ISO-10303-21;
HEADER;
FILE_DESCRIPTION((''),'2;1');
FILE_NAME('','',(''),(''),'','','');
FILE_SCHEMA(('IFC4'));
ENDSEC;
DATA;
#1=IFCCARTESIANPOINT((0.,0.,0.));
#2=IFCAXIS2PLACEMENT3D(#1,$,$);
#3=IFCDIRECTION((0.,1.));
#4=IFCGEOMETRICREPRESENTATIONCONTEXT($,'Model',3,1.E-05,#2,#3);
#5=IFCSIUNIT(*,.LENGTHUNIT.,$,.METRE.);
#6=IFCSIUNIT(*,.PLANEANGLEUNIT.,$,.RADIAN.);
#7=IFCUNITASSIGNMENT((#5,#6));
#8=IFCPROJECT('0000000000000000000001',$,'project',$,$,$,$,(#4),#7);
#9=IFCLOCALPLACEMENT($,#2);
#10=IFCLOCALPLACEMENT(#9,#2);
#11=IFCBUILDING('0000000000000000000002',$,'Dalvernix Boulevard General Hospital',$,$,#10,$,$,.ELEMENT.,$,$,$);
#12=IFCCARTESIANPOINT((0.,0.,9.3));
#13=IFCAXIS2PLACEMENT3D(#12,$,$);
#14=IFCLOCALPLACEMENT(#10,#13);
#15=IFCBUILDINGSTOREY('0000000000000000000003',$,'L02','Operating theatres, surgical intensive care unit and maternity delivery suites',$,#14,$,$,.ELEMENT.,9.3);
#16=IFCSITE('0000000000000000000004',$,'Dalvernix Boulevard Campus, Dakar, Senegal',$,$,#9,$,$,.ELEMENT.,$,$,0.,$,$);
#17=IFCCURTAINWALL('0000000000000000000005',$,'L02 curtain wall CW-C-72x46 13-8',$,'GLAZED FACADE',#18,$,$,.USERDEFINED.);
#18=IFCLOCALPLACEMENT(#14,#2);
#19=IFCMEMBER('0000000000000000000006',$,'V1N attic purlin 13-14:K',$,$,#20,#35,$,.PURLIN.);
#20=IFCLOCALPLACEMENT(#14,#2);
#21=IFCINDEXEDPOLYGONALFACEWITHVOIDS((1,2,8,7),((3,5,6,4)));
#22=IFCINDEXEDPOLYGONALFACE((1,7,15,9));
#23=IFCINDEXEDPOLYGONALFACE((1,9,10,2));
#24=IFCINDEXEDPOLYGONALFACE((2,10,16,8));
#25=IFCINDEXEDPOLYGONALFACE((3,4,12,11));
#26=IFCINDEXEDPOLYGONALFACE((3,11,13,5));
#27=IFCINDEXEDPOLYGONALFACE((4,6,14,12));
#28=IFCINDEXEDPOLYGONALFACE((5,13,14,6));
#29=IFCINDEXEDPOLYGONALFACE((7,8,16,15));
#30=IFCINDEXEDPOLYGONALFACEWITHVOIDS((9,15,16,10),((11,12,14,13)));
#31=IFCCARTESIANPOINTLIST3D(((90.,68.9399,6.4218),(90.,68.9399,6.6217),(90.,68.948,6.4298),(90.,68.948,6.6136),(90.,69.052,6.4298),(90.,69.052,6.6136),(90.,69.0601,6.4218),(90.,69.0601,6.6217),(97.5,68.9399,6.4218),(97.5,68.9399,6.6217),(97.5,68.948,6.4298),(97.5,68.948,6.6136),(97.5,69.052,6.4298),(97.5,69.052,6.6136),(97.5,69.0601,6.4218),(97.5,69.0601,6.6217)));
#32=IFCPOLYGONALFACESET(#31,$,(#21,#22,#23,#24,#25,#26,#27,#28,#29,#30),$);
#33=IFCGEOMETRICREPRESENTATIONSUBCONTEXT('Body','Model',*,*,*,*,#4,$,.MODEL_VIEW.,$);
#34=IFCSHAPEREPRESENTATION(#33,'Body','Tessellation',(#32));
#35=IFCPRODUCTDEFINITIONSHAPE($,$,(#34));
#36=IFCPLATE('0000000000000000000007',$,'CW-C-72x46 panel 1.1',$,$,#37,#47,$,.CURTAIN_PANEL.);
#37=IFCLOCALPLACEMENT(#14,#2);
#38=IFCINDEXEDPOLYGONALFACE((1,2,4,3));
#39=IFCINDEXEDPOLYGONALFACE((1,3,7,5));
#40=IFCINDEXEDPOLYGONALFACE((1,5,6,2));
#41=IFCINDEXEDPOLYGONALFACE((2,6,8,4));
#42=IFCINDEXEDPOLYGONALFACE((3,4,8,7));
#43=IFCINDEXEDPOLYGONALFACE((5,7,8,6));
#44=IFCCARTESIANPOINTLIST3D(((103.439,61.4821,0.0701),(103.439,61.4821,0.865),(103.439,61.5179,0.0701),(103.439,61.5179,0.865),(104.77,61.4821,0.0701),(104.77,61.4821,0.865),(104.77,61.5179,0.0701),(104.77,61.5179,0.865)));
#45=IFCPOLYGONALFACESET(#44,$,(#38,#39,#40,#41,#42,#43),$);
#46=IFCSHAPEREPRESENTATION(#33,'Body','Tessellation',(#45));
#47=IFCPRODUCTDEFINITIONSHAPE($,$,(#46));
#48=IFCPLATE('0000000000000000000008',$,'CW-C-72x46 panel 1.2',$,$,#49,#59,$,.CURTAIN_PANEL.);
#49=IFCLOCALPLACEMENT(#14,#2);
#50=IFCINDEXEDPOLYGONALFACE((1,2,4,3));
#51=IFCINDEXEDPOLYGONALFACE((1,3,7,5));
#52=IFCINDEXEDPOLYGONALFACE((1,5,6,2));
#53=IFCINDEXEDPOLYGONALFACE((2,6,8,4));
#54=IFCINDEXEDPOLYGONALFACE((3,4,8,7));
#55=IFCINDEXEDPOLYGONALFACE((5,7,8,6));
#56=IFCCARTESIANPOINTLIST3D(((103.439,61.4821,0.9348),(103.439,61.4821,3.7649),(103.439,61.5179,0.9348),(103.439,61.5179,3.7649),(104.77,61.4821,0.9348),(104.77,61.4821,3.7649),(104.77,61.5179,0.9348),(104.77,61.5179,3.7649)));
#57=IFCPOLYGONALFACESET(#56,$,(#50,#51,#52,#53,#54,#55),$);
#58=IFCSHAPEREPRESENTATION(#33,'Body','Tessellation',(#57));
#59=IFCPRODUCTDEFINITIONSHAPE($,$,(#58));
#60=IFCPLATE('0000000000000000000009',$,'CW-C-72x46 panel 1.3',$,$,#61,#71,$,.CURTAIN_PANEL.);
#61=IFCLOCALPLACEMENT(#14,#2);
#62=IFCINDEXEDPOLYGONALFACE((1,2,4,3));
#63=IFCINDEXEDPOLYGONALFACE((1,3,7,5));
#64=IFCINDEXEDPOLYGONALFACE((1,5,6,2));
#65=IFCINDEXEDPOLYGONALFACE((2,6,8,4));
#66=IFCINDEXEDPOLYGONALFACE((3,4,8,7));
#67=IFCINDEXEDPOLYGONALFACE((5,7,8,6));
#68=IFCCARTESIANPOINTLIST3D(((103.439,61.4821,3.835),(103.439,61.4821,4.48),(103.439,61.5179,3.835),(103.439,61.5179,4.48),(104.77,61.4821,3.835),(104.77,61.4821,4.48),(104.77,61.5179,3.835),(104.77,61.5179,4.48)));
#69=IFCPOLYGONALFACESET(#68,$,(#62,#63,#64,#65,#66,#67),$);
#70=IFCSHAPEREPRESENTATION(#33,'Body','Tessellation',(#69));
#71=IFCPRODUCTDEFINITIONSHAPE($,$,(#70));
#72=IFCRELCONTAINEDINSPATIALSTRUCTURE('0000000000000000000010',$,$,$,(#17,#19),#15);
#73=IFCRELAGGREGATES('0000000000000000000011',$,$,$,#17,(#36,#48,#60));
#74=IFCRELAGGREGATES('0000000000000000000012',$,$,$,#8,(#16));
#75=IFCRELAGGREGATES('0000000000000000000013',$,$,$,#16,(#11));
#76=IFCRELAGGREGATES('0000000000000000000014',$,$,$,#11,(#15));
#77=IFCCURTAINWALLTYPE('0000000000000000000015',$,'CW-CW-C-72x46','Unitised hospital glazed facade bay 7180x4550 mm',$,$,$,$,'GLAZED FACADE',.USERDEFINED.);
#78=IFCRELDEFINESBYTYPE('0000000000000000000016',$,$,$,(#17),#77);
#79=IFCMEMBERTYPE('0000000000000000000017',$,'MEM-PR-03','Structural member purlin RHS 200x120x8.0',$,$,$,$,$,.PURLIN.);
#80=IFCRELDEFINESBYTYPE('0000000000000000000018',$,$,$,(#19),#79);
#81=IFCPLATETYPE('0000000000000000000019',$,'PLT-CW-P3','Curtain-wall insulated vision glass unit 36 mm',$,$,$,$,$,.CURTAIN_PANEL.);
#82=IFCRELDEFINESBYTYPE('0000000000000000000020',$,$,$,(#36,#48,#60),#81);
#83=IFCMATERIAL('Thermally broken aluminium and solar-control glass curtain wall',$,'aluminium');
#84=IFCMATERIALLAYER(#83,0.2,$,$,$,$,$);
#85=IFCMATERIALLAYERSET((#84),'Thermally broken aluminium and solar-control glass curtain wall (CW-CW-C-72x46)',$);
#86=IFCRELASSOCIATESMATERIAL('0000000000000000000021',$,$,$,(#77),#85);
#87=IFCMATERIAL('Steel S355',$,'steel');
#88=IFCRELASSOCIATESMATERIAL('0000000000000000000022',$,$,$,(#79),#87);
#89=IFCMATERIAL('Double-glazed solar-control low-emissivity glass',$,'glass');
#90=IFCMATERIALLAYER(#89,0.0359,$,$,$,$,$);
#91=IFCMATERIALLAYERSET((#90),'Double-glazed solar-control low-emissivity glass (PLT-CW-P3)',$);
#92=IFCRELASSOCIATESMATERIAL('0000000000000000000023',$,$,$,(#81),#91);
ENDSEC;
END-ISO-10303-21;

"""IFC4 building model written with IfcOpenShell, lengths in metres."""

from ifc_helpers import new_model, si_unit, direction, frame, origin, origin_2d, place, context, subcontext, project, spatial, rectangle, hollow_rectangle, extrude, material, layer, layer_set, material_profile, profile_set, type_object, element, aggregate, save


model = new_model("IFC4")

# Units and contexts
model_context = context("Model", 3, precision=1e-05, world=origin(), true_north=direction((0.0, 1.0)))
body_context = subcontext(model_context, "Body", "Model", "MODEL_VIEW")
ifc_project = project(units=[si_unit("LENGTHUNIT", "METRE"), si_unit("PLANEANGLEUNIT", "RADIAN")], contexts=[model_context])

# Site, building, storey
site_placement = place(None, origin())
site = spatial("IfcSite", under=ifc_project, at=site_placement, Name="Dalvernix Boulevard Campus, Dakar, Senegal", CompositionType="ELEMENT", RefElevation=0.0)
building_placement = place(site_placement, origin())
building = spatial("IfcBuilding", under=site, at=building_placement, Name="Dalvernix Boulevard General Hospital", CompositionType="ELEMENT")
storey_placement = place(building_placement, frame((0.0, 0.0, 9.3)))
storey = spatial("IfcBuildingStorey", under=building, at=storey_placement, Name="L02", Description="Operating theatres, surgical intensive care unit and maternity delivery suites", CompositionType="ELEMENT", Elevation=9.3)

# Shared definitions
ifc_material_1 = material(Name="Steel S355", Category="steel")

# Curtain wall
ifc_material_2 = material(Name="Thermally broken aluminium and solar-control glass curtain wall", Category="aluminium")
ifc_layer_1 = layer(ifc_material_2, 0.2)
ifc_layer_set_1 = layer_set([ifc_layer_1], Name="Thermally broken aluminium and solar-control glass curtain wall (CW-CW-C-72x46)")
curtain_wall_type = type_object("IfcCurtainWallType", Name="CW-CW-C-72x46", Description="Unitised hospital glazed facade bay 7180x4550 mm", ElementType="GLAZED FACADE", PredefinedType="USERDEFINED", material=ifc_layer_set_1)
curtain_wall_placement = place(storey_placement, origin())
curtain_wall = element("IfcCurtainWall", 1, at=curtain_wall_placement, inside=storey, type_object=curtain_wall_type, Name="L02 curtain wall CW-C-72x46 13-8", ObjectType="GLAZED FACADE", PredefinedType="USERDEFINED")

# Member
ifc_material_profile_1 = material_profile(ifc_material_1, hollow_rectangle(XDim=0.1201, YDim=0.2, WallThickness=0.0081, at=origin_2d()), Name="RHS 200x120x8.0")
ifc_profile_set_1 = profile_set([ifc_material_profile_1], Name="Steel S355")
member_type_1 = type_object("IfcMemberType", Name="MEM-PR-03", Description="Structural member purlin RHS 200x120x8.0", PredefinedType="PURLIN", material=ifc_profile_set_1)
member_1_placement = place(storey_placement, frame((90.0, 69.0, 6.5217), z_axis=(1.0, 0.0, 0.0), x_axis=(0.0, 1.0, 0.0)))
element("IfcMember", 2, at=member_1_placement, inside=storey, type_object=member_type_1, Name="V1N attic purlin 13-14:K", PredefinedType="PURLIN", context=body_context, shape_type="SweptSolid", body=[
    extrude(hollow_rectangle(XDim=0.1201, YDim=0.2, WallThickness=0.0081, at=origin_2d()), origin(), (0.0, 0.0, 1.0), 7.5),
])

# Plates
ifc_material_3 = material(Name="Double-glazed solar-control low-emissivity glass", Category="glass")
ifc_layer_2 = layer(ifc_material_3, 0.0359)
ifc_layer_set_2 = layer_set([ifc_layer_2], Name="Double-glazed solar-control low-emissivity glass (PLT-CW-P3)")
plate_type = type_object("IfcPlateType", Name="PLT-CW-P3", Description="Curtain-wall insulated vision glass unit 36 mm", PredefinedType="CURTAIN_PANEL", material=ifc_layer_set_2)
plate_1_placement = place(storey_placement, frame((104.1045, 61.5, 0.0701), z_axis=(0.0, 0.0, 1.0), x_axis=(-1.0, 0.0, 0.0)))
plate_1 = element("IfcPlate", 3, at=plate_1_placement, type_object=plate_type, Name="CW-C-72x46 panel 1.1", PredefinedType="CURTAIN_PANEL", context=body_context, shape_type="SweptSolid", body=[
    extrude(rectangle(XDim=1.3311, YDim=0.0359, at=origin_2d()), origin(), (0.0, 0.0, 1.0), 0.7949),
])
plate_2_placement = place(storey_placement, frame((104.1045, 61.5, 0.9348), z_axis=(0.0, 0.0, 1.0), x_axis=(-1.0, 0.0, 0.0)))
plate_2 = element("IfcPlate", 4, at=plate_2_placement, type_object=plate_type, Name="CW-C-72x46 panel 1.2", PredefinedType="CURTAIN_PANEL", context=body_context, shape_type="SweptSolid", body=[
    extrude(rectangle(XDim=1.3311, YDim=0.0359, at=origin_2d()), origin(), (0.0, 0.0, 1.0), 2.8301),
])
plate_3_placement = place(storey_placement, frame((104.1045, 61.5, 3.835), z_axis=(0.0, 0.0, 1.0), x_axis=(-1.0, 0.0, 0.0)))
plate_3 = element("IfcPlate", 5, at=plate_3_placement, type_object=plate_type, Name="CW-C-72x46 panel 1.3", PredefinedType="CURTAIN_PANEL", context=body_context, shape_type="SweptSolid", body=[
    extrude(rectangle(XDim=1.3311, YDim=0.0359, at=origin_2d()), origin(), (0.0, 0.0, 1.0), 0.645),
])
aggregate(curtain_wall, [plate_1, plate_2, plate_3])

save(model, "model.ifc")
